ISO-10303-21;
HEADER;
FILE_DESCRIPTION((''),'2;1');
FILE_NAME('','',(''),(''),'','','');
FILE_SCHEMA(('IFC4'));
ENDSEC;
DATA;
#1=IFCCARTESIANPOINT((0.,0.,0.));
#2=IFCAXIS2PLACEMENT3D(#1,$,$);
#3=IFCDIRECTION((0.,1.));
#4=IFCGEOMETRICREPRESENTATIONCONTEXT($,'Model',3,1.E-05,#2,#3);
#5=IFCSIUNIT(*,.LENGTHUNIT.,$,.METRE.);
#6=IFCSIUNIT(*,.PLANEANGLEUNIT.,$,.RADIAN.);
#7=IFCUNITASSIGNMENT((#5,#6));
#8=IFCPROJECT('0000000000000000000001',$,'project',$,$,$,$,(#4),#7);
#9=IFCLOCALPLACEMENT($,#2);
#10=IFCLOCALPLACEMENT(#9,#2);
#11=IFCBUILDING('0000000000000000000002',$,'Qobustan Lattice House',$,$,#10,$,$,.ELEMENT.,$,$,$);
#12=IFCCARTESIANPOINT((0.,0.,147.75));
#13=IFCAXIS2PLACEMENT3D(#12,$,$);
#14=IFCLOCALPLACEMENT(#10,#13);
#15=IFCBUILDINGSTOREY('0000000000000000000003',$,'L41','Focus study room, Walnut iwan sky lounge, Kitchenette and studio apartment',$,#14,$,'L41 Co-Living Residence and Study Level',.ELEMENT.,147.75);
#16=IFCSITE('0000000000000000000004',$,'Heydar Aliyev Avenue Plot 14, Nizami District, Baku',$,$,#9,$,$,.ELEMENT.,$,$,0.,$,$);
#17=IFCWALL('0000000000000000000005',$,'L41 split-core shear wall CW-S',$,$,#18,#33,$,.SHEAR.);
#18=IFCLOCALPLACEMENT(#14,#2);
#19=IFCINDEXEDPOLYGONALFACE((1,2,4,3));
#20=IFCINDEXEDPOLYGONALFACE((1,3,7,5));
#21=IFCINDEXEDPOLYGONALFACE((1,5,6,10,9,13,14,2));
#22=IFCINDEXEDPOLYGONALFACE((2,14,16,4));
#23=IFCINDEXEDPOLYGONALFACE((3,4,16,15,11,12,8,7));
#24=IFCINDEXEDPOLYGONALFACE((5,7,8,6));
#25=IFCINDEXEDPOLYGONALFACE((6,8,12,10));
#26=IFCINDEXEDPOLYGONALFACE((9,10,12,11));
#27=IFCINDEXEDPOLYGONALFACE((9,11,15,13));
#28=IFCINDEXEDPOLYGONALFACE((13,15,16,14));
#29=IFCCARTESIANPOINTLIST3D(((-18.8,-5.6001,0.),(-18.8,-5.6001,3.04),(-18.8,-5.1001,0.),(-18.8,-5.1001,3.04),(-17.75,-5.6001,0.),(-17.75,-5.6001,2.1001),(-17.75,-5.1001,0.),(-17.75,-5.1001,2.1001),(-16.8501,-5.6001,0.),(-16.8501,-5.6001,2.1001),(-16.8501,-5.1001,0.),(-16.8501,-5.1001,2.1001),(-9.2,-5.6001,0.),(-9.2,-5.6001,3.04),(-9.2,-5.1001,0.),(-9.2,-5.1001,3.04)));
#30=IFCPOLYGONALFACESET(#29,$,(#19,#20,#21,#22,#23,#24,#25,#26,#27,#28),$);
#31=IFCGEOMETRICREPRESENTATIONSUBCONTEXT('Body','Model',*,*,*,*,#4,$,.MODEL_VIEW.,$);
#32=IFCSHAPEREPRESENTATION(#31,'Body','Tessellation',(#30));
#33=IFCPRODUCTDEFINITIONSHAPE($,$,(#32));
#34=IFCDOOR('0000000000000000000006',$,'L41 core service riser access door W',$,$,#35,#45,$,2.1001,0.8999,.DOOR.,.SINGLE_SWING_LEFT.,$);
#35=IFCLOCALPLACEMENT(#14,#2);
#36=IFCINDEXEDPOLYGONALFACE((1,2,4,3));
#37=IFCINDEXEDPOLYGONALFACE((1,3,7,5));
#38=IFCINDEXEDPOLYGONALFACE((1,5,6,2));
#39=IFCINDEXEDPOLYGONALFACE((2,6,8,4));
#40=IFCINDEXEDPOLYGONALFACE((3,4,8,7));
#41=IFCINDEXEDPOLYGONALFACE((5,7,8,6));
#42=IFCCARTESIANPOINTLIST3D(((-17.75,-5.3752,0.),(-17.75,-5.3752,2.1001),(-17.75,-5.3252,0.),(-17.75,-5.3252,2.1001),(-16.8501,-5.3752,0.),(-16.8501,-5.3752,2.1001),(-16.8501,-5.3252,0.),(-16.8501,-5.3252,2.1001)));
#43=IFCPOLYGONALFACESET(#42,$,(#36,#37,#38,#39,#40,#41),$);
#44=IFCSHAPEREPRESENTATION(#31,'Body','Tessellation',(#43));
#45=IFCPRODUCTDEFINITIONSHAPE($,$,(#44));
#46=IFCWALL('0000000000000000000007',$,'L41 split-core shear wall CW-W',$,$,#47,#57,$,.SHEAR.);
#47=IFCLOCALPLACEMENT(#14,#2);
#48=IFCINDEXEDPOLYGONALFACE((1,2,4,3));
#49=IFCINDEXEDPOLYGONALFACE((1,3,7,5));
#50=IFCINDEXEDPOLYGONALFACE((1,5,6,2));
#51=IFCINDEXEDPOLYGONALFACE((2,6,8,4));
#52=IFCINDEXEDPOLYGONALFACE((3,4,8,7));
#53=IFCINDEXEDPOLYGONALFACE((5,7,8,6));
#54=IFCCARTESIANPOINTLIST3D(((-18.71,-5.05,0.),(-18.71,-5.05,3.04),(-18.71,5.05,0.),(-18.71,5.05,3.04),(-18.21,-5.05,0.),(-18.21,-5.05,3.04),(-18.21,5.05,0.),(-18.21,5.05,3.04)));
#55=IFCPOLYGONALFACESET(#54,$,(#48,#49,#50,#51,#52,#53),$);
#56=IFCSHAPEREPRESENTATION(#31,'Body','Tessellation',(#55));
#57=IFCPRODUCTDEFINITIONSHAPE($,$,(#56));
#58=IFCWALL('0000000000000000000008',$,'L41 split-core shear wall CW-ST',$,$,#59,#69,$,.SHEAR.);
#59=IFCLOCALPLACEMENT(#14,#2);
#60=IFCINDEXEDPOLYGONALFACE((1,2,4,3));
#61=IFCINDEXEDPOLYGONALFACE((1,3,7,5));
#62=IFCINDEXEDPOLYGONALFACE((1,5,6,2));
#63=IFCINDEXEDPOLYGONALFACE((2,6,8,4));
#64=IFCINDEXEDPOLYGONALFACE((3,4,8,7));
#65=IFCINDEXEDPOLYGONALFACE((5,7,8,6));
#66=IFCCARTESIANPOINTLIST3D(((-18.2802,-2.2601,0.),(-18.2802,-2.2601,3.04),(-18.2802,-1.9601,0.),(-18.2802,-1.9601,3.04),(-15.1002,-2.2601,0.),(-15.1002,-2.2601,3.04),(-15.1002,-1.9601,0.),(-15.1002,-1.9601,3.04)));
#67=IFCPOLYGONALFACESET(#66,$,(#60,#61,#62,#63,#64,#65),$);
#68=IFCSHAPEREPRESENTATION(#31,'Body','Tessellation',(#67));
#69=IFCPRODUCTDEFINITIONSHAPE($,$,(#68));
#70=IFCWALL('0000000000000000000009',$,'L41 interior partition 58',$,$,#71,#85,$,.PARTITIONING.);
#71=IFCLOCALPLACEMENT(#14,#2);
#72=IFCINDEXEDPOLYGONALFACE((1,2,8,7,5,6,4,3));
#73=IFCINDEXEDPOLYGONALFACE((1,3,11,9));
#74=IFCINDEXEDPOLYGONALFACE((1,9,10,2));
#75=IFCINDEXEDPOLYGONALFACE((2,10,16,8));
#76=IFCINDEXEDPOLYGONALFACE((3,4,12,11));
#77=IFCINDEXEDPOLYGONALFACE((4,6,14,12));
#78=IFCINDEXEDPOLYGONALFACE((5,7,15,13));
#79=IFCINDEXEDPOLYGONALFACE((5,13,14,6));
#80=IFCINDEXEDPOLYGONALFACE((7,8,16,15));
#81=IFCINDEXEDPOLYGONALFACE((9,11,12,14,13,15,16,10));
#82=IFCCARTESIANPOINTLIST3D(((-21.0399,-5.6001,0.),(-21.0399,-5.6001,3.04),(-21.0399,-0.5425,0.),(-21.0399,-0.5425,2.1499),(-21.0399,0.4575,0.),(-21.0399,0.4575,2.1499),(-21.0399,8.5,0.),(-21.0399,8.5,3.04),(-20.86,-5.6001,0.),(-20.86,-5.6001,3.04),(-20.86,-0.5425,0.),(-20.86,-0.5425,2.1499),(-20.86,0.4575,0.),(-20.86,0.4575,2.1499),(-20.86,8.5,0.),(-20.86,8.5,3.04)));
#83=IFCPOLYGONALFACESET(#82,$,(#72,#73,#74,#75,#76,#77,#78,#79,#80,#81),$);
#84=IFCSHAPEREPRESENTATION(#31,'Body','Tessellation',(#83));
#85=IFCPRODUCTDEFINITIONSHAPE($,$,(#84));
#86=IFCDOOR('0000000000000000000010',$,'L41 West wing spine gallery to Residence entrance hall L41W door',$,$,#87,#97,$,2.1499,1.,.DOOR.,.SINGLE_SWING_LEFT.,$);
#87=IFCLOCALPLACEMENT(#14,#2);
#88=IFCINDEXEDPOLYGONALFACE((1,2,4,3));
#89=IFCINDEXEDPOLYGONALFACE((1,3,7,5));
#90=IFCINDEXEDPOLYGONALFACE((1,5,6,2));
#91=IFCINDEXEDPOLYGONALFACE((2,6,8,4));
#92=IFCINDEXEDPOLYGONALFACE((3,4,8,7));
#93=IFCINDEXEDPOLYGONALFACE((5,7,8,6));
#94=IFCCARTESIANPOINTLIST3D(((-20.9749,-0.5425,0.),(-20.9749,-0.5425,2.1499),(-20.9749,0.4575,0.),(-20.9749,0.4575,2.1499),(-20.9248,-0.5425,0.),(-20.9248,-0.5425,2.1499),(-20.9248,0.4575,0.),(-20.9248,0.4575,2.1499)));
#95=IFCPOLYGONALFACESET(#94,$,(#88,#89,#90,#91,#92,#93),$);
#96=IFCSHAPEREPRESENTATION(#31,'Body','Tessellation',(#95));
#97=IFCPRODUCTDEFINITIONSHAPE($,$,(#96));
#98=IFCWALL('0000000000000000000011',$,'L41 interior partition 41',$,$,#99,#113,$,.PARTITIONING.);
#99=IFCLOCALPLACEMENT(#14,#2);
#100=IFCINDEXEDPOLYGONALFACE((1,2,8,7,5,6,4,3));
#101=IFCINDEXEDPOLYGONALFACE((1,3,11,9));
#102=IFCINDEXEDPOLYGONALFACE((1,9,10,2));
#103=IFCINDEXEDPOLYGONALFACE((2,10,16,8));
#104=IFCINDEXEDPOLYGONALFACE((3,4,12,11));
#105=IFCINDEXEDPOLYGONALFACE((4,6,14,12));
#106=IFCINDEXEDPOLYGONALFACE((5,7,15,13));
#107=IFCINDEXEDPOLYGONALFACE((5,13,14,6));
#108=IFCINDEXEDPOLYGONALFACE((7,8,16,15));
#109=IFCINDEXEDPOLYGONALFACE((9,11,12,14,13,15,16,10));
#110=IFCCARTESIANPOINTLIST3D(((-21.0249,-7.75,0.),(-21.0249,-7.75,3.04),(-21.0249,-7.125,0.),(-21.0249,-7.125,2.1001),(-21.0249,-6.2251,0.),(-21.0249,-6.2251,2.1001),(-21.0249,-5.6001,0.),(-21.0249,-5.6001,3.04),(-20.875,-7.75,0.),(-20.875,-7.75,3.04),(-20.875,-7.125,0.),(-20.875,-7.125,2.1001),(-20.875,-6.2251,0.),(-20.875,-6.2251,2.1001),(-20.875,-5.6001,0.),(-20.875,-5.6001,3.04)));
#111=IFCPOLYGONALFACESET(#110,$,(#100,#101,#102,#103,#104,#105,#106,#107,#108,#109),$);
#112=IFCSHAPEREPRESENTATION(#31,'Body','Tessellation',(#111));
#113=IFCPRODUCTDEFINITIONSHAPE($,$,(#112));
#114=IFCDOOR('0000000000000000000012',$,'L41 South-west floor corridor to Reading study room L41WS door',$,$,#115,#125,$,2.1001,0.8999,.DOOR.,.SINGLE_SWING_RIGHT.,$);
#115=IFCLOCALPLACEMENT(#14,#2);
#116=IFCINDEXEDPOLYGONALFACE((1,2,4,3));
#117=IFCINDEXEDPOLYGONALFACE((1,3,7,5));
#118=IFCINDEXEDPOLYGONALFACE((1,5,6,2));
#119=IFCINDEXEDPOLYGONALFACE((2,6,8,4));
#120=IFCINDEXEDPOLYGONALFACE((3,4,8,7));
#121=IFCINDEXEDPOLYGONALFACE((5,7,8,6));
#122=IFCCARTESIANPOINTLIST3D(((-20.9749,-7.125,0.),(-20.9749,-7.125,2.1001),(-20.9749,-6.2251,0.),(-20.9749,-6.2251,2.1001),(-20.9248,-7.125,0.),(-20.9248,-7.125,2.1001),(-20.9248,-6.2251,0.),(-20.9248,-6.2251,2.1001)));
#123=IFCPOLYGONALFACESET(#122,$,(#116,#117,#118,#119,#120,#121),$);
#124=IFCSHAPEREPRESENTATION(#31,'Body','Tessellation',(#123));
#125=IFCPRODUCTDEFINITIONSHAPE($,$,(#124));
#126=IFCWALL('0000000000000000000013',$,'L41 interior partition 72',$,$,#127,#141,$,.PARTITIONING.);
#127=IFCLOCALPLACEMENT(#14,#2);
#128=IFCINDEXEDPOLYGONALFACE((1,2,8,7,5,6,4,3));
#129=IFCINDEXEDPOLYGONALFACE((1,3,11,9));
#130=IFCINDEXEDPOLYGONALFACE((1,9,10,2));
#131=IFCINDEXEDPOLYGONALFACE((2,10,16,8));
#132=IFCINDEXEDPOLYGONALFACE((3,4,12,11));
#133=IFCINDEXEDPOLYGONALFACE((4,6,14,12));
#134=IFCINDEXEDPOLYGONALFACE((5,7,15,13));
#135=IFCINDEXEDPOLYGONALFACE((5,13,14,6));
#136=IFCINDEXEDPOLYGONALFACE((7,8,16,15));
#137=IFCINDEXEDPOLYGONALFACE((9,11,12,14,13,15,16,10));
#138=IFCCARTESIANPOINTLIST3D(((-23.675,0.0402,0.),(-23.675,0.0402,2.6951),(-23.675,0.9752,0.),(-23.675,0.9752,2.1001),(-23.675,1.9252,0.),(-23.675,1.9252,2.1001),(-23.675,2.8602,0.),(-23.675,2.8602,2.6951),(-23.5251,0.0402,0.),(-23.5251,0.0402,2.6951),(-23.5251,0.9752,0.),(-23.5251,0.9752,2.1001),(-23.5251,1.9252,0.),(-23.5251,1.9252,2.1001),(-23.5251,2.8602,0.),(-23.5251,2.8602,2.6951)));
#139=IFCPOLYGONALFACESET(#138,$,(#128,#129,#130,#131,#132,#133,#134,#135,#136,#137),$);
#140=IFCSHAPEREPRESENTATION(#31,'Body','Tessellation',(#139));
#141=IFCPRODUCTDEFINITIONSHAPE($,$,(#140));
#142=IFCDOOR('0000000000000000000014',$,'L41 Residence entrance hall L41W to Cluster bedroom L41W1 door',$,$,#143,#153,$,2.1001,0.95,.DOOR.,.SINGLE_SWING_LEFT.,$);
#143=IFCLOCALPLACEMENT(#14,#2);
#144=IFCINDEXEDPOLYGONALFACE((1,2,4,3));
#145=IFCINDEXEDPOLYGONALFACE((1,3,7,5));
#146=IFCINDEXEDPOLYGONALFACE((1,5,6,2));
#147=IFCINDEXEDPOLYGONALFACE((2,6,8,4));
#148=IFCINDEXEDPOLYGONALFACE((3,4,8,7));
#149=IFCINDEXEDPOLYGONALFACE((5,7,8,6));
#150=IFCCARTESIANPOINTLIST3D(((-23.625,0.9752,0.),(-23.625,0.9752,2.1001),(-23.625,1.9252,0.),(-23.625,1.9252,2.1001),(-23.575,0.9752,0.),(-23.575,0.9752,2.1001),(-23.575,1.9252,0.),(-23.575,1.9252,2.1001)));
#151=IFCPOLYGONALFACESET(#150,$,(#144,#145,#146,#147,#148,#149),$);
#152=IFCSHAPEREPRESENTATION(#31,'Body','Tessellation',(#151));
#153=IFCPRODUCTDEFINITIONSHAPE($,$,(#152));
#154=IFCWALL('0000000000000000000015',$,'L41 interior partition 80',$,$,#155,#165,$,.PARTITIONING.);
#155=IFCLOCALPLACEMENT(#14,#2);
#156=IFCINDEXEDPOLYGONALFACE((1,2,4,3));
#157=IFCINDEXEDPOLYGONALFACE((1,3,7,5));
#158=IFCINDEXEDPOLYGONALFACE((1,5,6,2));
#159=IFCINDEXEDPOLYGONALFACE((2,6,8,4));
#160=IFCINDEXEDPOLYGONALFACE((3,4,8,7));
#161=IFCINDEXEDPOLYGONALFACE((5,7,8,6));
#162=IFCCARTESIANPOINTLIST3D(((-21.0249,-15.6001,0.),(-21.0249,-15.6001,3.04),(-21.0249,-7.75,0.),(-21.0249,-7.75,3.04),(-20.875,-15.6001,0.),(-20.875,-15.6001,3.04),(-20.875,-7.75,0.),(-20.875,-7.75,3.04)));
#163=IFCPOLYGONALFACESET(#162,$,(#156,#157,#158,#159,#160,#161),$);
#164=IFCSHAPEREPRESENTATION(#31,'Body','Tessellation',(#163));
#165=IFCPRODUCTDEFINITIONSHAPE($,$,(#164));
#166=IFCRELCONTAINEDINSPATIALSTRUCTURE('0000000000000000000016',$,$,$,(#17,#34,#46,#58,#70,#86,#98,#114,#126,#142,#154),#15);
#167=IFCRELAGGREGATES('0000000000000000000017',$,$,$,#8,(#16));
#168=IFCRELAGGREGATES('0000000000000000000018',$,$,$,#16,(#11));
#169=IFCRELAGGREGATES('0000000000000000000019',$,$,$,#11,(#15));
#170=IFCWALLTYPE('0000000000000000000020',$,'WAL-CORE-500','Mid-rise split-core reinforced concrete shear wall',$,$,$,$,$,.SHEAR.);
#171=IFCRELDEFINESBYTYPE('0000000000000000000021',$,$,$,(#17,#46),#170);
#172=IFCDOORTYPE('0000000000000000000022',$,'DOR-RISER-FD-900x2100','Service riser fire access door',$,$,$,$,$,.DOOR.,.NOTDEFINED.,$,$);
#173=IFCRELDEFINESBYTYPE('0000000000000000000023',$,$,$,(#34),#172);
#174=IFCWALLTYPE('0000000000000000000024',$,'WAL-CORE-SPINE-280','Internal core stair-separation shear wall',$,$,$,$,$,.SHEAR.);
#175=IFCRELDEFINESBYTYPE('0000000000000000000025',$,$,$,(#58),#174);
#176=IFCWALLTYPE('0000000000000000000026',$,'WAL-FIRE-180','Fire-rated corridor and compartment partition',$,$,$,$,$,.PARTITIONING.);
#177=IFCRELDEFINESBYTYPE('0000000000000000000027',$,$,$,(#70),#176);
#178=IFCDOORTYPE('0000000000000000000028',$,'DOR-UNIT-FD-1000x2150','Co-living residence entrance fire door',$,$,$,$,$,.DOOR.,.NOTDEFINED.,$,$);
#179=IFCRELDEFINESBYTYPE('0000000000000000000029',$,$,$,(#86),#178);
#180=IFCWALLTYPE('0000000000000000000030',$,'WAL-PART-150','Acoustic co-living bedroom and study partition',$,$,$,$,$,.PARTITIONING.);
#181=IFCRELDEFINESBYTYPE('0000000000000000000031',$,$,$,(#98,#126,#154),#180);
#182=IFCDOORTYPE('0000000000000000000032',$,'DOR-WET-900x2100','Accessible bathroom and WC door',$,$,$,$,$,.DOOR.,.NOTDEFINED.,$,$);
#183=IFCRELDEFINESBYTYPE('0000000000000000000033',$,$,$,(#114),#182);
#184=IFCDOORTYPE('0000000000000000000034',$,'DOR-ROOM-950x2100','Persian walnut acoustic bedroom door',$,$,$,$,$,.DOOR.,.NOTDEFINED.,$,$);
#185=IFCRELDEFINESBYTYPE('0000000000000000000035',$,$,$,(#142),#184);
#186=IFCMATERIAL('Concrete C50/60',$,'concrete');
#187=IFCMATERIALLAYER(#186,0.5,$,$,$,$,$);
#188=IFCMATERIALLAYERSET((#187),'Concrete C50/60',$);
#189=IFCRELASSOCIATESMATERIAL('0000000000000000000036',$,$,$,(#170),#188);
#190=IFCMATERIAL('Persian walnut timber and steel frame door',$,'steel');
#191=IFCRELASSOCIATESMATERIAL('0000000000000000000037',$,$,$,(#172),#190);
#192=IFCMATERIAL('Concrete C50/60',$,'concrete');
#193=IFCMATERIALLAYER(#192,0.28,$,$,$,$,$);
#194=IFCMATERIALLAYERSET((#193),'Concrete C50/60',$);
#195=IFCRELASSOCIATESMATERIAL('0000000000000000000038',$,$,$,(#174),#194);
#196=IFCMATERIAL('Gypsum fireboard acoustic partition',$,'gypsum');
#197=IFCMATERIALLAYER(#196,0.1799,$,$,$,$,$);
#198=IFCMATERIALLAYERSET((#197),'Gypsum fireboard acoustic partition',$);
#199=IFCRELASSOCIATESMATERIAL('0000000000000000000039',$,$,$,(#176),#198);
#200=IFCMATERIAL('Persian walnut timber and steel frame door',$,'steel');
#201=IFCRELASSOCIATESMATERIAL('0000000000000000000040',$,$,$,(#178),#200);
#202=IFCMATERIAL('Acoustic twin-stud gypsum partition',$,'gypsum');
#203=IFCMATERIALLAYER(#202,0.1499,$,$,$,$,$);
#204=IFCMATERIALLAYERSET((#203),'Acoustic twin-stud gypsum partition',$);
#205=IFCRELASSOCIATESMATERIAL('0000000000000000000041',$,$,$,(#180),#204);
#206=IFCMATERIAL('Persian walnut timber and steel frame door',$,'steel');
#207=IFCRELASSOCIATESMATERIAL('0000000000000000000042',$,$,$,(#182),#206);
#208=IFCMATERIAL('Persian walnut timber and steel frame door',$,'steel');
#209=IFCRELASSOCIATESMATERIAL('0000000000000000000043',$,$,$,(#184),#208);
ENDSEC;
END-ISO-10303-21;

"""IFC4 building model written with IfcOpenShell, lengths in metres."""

from ifc_helpers import new_model, si_unit, direction, frame, frame_2d, origin, place, context, subcontext, project, spatial, rectangle, extrude, material, layer, layer_set, type_object, element, fill, save


model = new_model("IFC4")

# Units and contexts
model_context = context("Model", 3, precision=1e-05, world=origin(), true_north=direction((0.0, 1.0)))
body_context = subcontext(model_context, "Body", "Model", "MODEL_VIEW")
ifc_project = project(units=[si_unit("LENGTHUNIT", "METRE"), si_unit("PLANEANGLEUNIT", "RADIAN")], contexts=[model_context])

# Site, building, storey
site_placement = place(None, origin())
site = spatial("IfcSite", under=ifc_project, at=site_placement, Name="Heydar Aliyev Avenue Plot 14, Nizami District, Baku", CompositionType="ELEMENT", RefElevation=0.0)
building_placement = place(site_placement, origin())
building = spatial("IfcBuilding", under=site, at=building_placement, Name="Qobustan Lattice House", CompositionType="ELEMENT")
storey_placement = place(building_placement, frame((0.0, 0.0, 147.75)))
storey = spatial("IfcBuildingStorey", under=building, at=storey_placement, Name="L41", Description="Focus study room, Walnut iwan sky lounge, Kitchenette and studio apartment", LongName="L41 Co-Living Residence and Study Level", CompositionType="ELEMENT", Elevation=147.75)

# Wall, opening, door
ifc_material_1 = material(Name="Concrete C50/60", Category="concrete")
ifc_layer_1 = layer(ifc_material_1, 0.5)
ifc_layer_set_1 = layer_set([ifc_layer_1], Name="Concrete C50/60")
wall_type_1 = type_object("IfcWallType", Name="WAL-CORE-500", Description="Mid-rise split-core reinforced concrete shear wall", PredefinedType="SHEAR", material=ifc_layer_set_1)
wall_1_placement = place(storey_placement, frame((-18.8, -5.3501, 0.0), z_axis=(0.0, 0.0, 1.0), x_axis=(1.0, 0.0, 0.0)))
wall_1 = element("IfcWall", 1, at=wall_1_placement, inside=storey, type_object=wall_type_1, Name="L41 split-core shear wall CW-S", PredefinedType="SHEAR", context=body_context, shape_type="SweptSolid", body=[
    extrude(rectangle(XDim=9.6001, YDim=0.5, at=frame_2d((4.8, 0.0))), origin(), (0.0, 0.0, 1.0), 3.04),
])
opening_1_placement = place(wall_1_placement, frame((1.05, 0.0, 0.0)))
opening_1 = element("IfcOpeningElement", 2, at=opening_1_placement, cuts=wall_1, PredefinedType="OPENING", context=body_context, shape_type="SweptSolid", body=[
    extrude(rectangle(XDim=0.8999, YDim=2.1001, at=frame_2d((0.45, 1.05))), frame((0.0, 0.26, 0.0), z_axis=(0.0, -1.0, 0.0), x_axis=(1.0, 0.0, 0.0)), (0.0, 0.0, 1.0), 0.52),
])
ifc_material_2 = material(Name="Persian walnut timber and steel frame door", Category="steel")
door_type_1 = type_object("IfcDoorType", Name="DOR-RISER-FD-900x2100", Description="Service riser fire access door", OperationType="NOTDEFINED", PredefinedType="DOOR", material=ifc_material_2)
door_1_placement = place(opening_1_placement, origin())
door_1 = element("IfcDoor", 3, at=door_1_placement, inside=storey, type_object=door_type_1, Name="L41 core service riser access door W", OperationType="SINGLE_SWING_LEFT", OverallHeight=2.1001, OverallWidth=0.8999, PredefinedType="DOOR", context=body_context, shape_type="SweptSolid", body=[
    extrude(rectangle(XDim=0.8999, YDim=2.1001, at=frame_2d((0.45, 1.05))), frame((0.0, 0.0249, 0.0), z_axis=(0.0, -1.0, 0.0), x_axis=(1.0, 0.0, 0.0)), (0.0, 0.0, 1.0), 0.05),
])
fill(opening_1, door_1)

# Walls
wall_2_placement = place(storey_placement, frame((-18.46, -5.05, 0.0), z_axis=(0.0, 0.0, 1.0), x_axis=(0.0, 1.0, 0.0)))
element("IfcWall", 4, at=wall_2_placement, inside=storey, type_object=wall_type_1, Name="L41 split-core shear wall CW-W", PredefinedType="SHEAR", context=body_context, shape_type="SweptSolid", body=[
    extrude(rectangle(XDim=10.1001, YDim=0.5, at=frame_2d((5.05, 0.0))), origin(), (0.0, 0.0, 1.0), 3.04),
])
ifc_material_3 = material(Name="Concrete C50/60", Category="concrete")
ifc_layer_2 = layer(ifc_material_3, 0.28)
ifc_layer_set_2 = layer_set([ifc_layer_2], Name="Concrete C50/60")
wall_type_2 = type_object("IfcWallType", Name="WAL-CORE-SPINE-280", Description="Internal core stair-separation shear wall", PredefinedType="SHEAR", material=ifc_layer_set_2)
wall_3_placement = place(storey_placement, frame((-18.28, -2.1101, 0.0), z_axis=(0.0, 0.0, 1.0), x_axis=(1.0, 0.0, 0.0)))
element("IfcWall", 5, at=wall_3_placement, inside=storey, type_object=wall_type_2, Name="L41 split-core shear wall CW-ST", PredefinedType="SHEAR", context=body_context, shape_type="SweptSolid", body=[
    extrude(rectangle(XDim=3.1799, YDim=0.3, at=frame_2d((1.5898, 0.0))), origin(), (0.0, 0.0, 1.0), 3.04),
])

# Walls, openings, doors
ifc_material_4 = material(Name="Gypsum fireboard acoustic partition", Category="gypsum")
ifc_layer_3 = layer(ifc_material_4, 0.1799)
ifc_layer_set_3 = layer_set([ifc_layer_3], Name="Gypsum fireboard acoustic partition")
wall_type_3 = type_object("IfcWallType", Name="WAL-FIRE-180", Description="Fire-rated corridor and compartment partition", PredefinedType="PARTITIONING", material=ifc_layer_set_3)
wall_4_placement = place(storey_placement, frame((-20.95, -5.6001, 0.0), z_axis=(0.0, 0.0, 1.0), x_axis=(0.0, 1.0, 0.0)))
wall_4 = element("IfcWall", 6, at=wall_4_placement, inside=storey, type_object=wall_type_3, Name="L41 interior partition 58", PredefinedType="PARTITIONING", context=body_context, shape_type="SweptSolid", body=[
    extrude(rectangle(XDim=14.1001, YDim=0.1799, at=frame_2d((7.05, 0.0))), origin(), (0.0, 0.0, 1.0), 3.04),
])
opening_2_placement = place(wall_4_placement, frame((5.0576, 0.0, 0.0)))
opening_2 = element("IfcOpeningElement", 7, at=opening_2_placement, cuts=wall_4, PredefinedType="OPENING", context=body_context, shape_type="SweptSolid", body=[
    extrude(rectangle(XDim=1.0, YDim=2.1499, at=frame_2d((0.5, 1.075))), frame((0.0, 0.0999, 0.0), z_axis=(0.0, -1.0, 0.0), x_axis=(1.0, 0.0, 0.0)), (0.0, 0.0, 1.0), 0.2),
])
ifc_material_5 = material(Name="Persian walnut timber and steel frame door", Category="steel")
door_type_2 = type_object("IfcDoorType", Name="DOR-UNIT-FD-1000x2150", Description="Co-living residence entrance fire door", OperationType="NOTDEFINED", PredefinedType="DOOR", material=ifc_material_5)
door_2_placement = place(opening_2_placement, origin())
door_2 = element("IfcDoor", 8, at=door_2_placement, inside=storey, type_object=door_type_2, Name="L41 West wing spine gallery to Residence entrance hall L41W door", OperationType="SINGLE_SWING_LEFT", OverallHeight=2.1499, OverallWidth=1.0, PredefinedType="DOOR", context=body_context, shape_type="SweptSolid", body=[
    extrude(rectangle(XDim=1.0, YDim=2.1499, at=frame_2d((0.5, 1.075))), frame((0.0, 0.0249, 0.0), z_axis=(0.0, -1.0, 0.0), x_axis=(1.0, 0.0, 0.0)), (0.0, 0.0, 1.0), 0.05),
])
fill(opening_2, door_2)
ifc_material_6 = material(Name="Acoustic twin-stud gypsum partition", Category="gypsum")
ifc_layer_4 = layer(ifc_material_6, 0.1499)
ifc_layer_set_4 = layer_set([ifc_layer_4], Name="Acoustic twin-stud gypsum partition")
wall_type_4 = type_object("IfcWallType", Name="WAL-PART-150", Description="Acoustic co-living bedroom and study partition", PredefinedType="PARTITIONING", material=ifc_layer_set_4)
wall_5_placement = place(storey_placement, frame((-20.95, -7.75, 0.0), z_axis=(0.0, 0.0, 1.0), x_axis=(0.0, 1.0, 0.0)))
wall_5 = element("IfcWall", 9, at=wall_5_placement, inside=storey, type_object=wall_type_4, Name="L41 interior partition 41", PredefinedType="PARTITIONING", context=body_context, shape_type="SweptSolid", body=[
    extrude(rectangle(XDim=2.1499, YDim=0.1499, at=frame_2d((1.075, 0.0))), origin(), (0.0, 0.0, 1.0), 3.04),
])
opening_3_placement = place(wall_5_placement, frame((0.625, 0.0, 0.0)))
opening_3 = element("IfcOpeningElement", 10, at=opening_3_placement, cuts=wall_5, PredefinedType="OPENING", context=body_context, shape_type="SweptSolid", body=[
    extrude(rectangle(XDim=0.8999, YDim=2.1001, at=frame_2d((0.45, 1.05))), frame((0.0, 0.085, 0.0), z_axis=(0.0, -1.0, 0.0), x_axis=(1.0, 0.0, 0.0)), (0.0, 0.0, 1.0), 0.1699),
])
ifc_material_7 = material(Name="Persian walnut timber and steel frame door", Category="steel")
door_type_3 = type_object("IfcDoorType", Name="DOR-WET-900x2100", Description="Accessible bathroom and WC door", OperationType="NOTDEFINED", PredefinedType="DOOR", material=ifc_material_7)
door_3_placement = place(opening_3_placement, origin())
door_3 = element("IfcDoor", 11, at=door_3_placement, inside=storey, type_object=door_type_3, Name="L41 South-west floor corridor to Reading study room L41WS door", OperationType="SINGLE_SWING_RIGHT", OverallHeight=2.1001, OverallWidth=0.8999, PredefinedType="DOOR", context=body_context, shape_type="SweptSolid", body=[
    extrude(rectangle(XDim=0.8999, YDim=2.1001, at=frame_2d((0.45, 1.05))), frame((0.0, 0.0249, 0.0), z_axis=(0.0, -1.0, 0.0), x_axis=(1.0, 0.0, 0.0)), (0.0, 0.0, 1.0), 0.05),
])
fill(opening_3, door_3)
wall_6_placement = place(storey_placement, frame((-23.6001, 0.04, 0.0), z_axis=(0.0, 0.0, 1.0), x_axis=(0.0, 1.0, 0.0)))
wall_6 = element("IfcWall", 12, at=wall_6_placement, inside=storey, type_object=wall_type_4, Name="L41 interior partition 72", PredefinedType="PARTITIONING", context=body_context, shape_type="SweptSolid", body=[
    extrude(rectangle(XDim=2.8201, YDim=0.1499, at=frame_2d((1.4102, 0.0))), origin(), (0.0, 0.0, 1.0), 2.6951),
])
opening_4_placement = place(wall_6_placement, frame((0.9351, 0.0, 0.0)))
opening_4 = element("IfcOpeningElement", 13, at=opening_4_placement, cuts=wall_6, PredefinedType="OPENING", context=body_context, shape_type="SweptSolid", body=[
    extrude(rectangle(XDim=0.95, YDim=2.1001, at=frame_2d((0.4751, 1.05))), frame((0.0, 0.085, 0.0), z_axis=(0.0, -1.0, 0.0), x_axis=(1.0, 0.0, 0.0)), (0.0, 0.0, 1.0), 0.1699),
])
ifc_material_8 = material(Name="Persian walnut timber and steel frame door", Category="steel")
door_type_4 = type_object("IfcDoorType", Name="DOR-ROOM-950x2100", Description="Persian walnut acoustic bedroom door", OperationType="NOTDEFINED", PredefinedType="DOOR", material=ifc_material_8)
door_4_placement = place(opening_4_placement, origin())
door_4 = element("IfcDoor", 14, at=door_4_placement, inside=storey, type_object=door_type_4, Name="L41 Residence entrance hall L41W to Cluster bedroom L41W1 door", OperationType="SINGLE_SWING_LEFT", OverallHeight=2.1001, OverallWidth=0.95, PredefinedType="DOOR", context=body_context, shape_type="SweptSolid", body=[
    extrude(rectangle(XDim=0.95, YDim=2.1001, at=frame_2d((0.4751, 1.05))), frame((0.0, 0.0249, 0.0), z_axis=(0.0, -1.0, 0.0), x_axis=(1.0, 0.0, 0.0)), (0.0, 0.0, 1.0), 0.05),
])
fill(opening_4, door_4)

# Wall
wall_7_placement = place(storey_placement, frame((-20.95, -7.75, 0.0), z_axis=(0.0, 0.0, 1.0), x_axis=(0.0, -1.0, 0.0)))
element("IfcWall", 15, at=wall_7_placement, inside=storey, type_object=wall_type_4, Name="L41 interior partition 80", PredefinedType="PARTITIONING", context=body_context, shape_type="SweptSolid", body=[
    extrude(rectangle(XDim=7.8501, YDim=0.1499, at=frame_2d((3.925, 0.0))), origin(), (0.0, 0.0, 1.0), 3.04),
])

save(model, "model.ifc")
